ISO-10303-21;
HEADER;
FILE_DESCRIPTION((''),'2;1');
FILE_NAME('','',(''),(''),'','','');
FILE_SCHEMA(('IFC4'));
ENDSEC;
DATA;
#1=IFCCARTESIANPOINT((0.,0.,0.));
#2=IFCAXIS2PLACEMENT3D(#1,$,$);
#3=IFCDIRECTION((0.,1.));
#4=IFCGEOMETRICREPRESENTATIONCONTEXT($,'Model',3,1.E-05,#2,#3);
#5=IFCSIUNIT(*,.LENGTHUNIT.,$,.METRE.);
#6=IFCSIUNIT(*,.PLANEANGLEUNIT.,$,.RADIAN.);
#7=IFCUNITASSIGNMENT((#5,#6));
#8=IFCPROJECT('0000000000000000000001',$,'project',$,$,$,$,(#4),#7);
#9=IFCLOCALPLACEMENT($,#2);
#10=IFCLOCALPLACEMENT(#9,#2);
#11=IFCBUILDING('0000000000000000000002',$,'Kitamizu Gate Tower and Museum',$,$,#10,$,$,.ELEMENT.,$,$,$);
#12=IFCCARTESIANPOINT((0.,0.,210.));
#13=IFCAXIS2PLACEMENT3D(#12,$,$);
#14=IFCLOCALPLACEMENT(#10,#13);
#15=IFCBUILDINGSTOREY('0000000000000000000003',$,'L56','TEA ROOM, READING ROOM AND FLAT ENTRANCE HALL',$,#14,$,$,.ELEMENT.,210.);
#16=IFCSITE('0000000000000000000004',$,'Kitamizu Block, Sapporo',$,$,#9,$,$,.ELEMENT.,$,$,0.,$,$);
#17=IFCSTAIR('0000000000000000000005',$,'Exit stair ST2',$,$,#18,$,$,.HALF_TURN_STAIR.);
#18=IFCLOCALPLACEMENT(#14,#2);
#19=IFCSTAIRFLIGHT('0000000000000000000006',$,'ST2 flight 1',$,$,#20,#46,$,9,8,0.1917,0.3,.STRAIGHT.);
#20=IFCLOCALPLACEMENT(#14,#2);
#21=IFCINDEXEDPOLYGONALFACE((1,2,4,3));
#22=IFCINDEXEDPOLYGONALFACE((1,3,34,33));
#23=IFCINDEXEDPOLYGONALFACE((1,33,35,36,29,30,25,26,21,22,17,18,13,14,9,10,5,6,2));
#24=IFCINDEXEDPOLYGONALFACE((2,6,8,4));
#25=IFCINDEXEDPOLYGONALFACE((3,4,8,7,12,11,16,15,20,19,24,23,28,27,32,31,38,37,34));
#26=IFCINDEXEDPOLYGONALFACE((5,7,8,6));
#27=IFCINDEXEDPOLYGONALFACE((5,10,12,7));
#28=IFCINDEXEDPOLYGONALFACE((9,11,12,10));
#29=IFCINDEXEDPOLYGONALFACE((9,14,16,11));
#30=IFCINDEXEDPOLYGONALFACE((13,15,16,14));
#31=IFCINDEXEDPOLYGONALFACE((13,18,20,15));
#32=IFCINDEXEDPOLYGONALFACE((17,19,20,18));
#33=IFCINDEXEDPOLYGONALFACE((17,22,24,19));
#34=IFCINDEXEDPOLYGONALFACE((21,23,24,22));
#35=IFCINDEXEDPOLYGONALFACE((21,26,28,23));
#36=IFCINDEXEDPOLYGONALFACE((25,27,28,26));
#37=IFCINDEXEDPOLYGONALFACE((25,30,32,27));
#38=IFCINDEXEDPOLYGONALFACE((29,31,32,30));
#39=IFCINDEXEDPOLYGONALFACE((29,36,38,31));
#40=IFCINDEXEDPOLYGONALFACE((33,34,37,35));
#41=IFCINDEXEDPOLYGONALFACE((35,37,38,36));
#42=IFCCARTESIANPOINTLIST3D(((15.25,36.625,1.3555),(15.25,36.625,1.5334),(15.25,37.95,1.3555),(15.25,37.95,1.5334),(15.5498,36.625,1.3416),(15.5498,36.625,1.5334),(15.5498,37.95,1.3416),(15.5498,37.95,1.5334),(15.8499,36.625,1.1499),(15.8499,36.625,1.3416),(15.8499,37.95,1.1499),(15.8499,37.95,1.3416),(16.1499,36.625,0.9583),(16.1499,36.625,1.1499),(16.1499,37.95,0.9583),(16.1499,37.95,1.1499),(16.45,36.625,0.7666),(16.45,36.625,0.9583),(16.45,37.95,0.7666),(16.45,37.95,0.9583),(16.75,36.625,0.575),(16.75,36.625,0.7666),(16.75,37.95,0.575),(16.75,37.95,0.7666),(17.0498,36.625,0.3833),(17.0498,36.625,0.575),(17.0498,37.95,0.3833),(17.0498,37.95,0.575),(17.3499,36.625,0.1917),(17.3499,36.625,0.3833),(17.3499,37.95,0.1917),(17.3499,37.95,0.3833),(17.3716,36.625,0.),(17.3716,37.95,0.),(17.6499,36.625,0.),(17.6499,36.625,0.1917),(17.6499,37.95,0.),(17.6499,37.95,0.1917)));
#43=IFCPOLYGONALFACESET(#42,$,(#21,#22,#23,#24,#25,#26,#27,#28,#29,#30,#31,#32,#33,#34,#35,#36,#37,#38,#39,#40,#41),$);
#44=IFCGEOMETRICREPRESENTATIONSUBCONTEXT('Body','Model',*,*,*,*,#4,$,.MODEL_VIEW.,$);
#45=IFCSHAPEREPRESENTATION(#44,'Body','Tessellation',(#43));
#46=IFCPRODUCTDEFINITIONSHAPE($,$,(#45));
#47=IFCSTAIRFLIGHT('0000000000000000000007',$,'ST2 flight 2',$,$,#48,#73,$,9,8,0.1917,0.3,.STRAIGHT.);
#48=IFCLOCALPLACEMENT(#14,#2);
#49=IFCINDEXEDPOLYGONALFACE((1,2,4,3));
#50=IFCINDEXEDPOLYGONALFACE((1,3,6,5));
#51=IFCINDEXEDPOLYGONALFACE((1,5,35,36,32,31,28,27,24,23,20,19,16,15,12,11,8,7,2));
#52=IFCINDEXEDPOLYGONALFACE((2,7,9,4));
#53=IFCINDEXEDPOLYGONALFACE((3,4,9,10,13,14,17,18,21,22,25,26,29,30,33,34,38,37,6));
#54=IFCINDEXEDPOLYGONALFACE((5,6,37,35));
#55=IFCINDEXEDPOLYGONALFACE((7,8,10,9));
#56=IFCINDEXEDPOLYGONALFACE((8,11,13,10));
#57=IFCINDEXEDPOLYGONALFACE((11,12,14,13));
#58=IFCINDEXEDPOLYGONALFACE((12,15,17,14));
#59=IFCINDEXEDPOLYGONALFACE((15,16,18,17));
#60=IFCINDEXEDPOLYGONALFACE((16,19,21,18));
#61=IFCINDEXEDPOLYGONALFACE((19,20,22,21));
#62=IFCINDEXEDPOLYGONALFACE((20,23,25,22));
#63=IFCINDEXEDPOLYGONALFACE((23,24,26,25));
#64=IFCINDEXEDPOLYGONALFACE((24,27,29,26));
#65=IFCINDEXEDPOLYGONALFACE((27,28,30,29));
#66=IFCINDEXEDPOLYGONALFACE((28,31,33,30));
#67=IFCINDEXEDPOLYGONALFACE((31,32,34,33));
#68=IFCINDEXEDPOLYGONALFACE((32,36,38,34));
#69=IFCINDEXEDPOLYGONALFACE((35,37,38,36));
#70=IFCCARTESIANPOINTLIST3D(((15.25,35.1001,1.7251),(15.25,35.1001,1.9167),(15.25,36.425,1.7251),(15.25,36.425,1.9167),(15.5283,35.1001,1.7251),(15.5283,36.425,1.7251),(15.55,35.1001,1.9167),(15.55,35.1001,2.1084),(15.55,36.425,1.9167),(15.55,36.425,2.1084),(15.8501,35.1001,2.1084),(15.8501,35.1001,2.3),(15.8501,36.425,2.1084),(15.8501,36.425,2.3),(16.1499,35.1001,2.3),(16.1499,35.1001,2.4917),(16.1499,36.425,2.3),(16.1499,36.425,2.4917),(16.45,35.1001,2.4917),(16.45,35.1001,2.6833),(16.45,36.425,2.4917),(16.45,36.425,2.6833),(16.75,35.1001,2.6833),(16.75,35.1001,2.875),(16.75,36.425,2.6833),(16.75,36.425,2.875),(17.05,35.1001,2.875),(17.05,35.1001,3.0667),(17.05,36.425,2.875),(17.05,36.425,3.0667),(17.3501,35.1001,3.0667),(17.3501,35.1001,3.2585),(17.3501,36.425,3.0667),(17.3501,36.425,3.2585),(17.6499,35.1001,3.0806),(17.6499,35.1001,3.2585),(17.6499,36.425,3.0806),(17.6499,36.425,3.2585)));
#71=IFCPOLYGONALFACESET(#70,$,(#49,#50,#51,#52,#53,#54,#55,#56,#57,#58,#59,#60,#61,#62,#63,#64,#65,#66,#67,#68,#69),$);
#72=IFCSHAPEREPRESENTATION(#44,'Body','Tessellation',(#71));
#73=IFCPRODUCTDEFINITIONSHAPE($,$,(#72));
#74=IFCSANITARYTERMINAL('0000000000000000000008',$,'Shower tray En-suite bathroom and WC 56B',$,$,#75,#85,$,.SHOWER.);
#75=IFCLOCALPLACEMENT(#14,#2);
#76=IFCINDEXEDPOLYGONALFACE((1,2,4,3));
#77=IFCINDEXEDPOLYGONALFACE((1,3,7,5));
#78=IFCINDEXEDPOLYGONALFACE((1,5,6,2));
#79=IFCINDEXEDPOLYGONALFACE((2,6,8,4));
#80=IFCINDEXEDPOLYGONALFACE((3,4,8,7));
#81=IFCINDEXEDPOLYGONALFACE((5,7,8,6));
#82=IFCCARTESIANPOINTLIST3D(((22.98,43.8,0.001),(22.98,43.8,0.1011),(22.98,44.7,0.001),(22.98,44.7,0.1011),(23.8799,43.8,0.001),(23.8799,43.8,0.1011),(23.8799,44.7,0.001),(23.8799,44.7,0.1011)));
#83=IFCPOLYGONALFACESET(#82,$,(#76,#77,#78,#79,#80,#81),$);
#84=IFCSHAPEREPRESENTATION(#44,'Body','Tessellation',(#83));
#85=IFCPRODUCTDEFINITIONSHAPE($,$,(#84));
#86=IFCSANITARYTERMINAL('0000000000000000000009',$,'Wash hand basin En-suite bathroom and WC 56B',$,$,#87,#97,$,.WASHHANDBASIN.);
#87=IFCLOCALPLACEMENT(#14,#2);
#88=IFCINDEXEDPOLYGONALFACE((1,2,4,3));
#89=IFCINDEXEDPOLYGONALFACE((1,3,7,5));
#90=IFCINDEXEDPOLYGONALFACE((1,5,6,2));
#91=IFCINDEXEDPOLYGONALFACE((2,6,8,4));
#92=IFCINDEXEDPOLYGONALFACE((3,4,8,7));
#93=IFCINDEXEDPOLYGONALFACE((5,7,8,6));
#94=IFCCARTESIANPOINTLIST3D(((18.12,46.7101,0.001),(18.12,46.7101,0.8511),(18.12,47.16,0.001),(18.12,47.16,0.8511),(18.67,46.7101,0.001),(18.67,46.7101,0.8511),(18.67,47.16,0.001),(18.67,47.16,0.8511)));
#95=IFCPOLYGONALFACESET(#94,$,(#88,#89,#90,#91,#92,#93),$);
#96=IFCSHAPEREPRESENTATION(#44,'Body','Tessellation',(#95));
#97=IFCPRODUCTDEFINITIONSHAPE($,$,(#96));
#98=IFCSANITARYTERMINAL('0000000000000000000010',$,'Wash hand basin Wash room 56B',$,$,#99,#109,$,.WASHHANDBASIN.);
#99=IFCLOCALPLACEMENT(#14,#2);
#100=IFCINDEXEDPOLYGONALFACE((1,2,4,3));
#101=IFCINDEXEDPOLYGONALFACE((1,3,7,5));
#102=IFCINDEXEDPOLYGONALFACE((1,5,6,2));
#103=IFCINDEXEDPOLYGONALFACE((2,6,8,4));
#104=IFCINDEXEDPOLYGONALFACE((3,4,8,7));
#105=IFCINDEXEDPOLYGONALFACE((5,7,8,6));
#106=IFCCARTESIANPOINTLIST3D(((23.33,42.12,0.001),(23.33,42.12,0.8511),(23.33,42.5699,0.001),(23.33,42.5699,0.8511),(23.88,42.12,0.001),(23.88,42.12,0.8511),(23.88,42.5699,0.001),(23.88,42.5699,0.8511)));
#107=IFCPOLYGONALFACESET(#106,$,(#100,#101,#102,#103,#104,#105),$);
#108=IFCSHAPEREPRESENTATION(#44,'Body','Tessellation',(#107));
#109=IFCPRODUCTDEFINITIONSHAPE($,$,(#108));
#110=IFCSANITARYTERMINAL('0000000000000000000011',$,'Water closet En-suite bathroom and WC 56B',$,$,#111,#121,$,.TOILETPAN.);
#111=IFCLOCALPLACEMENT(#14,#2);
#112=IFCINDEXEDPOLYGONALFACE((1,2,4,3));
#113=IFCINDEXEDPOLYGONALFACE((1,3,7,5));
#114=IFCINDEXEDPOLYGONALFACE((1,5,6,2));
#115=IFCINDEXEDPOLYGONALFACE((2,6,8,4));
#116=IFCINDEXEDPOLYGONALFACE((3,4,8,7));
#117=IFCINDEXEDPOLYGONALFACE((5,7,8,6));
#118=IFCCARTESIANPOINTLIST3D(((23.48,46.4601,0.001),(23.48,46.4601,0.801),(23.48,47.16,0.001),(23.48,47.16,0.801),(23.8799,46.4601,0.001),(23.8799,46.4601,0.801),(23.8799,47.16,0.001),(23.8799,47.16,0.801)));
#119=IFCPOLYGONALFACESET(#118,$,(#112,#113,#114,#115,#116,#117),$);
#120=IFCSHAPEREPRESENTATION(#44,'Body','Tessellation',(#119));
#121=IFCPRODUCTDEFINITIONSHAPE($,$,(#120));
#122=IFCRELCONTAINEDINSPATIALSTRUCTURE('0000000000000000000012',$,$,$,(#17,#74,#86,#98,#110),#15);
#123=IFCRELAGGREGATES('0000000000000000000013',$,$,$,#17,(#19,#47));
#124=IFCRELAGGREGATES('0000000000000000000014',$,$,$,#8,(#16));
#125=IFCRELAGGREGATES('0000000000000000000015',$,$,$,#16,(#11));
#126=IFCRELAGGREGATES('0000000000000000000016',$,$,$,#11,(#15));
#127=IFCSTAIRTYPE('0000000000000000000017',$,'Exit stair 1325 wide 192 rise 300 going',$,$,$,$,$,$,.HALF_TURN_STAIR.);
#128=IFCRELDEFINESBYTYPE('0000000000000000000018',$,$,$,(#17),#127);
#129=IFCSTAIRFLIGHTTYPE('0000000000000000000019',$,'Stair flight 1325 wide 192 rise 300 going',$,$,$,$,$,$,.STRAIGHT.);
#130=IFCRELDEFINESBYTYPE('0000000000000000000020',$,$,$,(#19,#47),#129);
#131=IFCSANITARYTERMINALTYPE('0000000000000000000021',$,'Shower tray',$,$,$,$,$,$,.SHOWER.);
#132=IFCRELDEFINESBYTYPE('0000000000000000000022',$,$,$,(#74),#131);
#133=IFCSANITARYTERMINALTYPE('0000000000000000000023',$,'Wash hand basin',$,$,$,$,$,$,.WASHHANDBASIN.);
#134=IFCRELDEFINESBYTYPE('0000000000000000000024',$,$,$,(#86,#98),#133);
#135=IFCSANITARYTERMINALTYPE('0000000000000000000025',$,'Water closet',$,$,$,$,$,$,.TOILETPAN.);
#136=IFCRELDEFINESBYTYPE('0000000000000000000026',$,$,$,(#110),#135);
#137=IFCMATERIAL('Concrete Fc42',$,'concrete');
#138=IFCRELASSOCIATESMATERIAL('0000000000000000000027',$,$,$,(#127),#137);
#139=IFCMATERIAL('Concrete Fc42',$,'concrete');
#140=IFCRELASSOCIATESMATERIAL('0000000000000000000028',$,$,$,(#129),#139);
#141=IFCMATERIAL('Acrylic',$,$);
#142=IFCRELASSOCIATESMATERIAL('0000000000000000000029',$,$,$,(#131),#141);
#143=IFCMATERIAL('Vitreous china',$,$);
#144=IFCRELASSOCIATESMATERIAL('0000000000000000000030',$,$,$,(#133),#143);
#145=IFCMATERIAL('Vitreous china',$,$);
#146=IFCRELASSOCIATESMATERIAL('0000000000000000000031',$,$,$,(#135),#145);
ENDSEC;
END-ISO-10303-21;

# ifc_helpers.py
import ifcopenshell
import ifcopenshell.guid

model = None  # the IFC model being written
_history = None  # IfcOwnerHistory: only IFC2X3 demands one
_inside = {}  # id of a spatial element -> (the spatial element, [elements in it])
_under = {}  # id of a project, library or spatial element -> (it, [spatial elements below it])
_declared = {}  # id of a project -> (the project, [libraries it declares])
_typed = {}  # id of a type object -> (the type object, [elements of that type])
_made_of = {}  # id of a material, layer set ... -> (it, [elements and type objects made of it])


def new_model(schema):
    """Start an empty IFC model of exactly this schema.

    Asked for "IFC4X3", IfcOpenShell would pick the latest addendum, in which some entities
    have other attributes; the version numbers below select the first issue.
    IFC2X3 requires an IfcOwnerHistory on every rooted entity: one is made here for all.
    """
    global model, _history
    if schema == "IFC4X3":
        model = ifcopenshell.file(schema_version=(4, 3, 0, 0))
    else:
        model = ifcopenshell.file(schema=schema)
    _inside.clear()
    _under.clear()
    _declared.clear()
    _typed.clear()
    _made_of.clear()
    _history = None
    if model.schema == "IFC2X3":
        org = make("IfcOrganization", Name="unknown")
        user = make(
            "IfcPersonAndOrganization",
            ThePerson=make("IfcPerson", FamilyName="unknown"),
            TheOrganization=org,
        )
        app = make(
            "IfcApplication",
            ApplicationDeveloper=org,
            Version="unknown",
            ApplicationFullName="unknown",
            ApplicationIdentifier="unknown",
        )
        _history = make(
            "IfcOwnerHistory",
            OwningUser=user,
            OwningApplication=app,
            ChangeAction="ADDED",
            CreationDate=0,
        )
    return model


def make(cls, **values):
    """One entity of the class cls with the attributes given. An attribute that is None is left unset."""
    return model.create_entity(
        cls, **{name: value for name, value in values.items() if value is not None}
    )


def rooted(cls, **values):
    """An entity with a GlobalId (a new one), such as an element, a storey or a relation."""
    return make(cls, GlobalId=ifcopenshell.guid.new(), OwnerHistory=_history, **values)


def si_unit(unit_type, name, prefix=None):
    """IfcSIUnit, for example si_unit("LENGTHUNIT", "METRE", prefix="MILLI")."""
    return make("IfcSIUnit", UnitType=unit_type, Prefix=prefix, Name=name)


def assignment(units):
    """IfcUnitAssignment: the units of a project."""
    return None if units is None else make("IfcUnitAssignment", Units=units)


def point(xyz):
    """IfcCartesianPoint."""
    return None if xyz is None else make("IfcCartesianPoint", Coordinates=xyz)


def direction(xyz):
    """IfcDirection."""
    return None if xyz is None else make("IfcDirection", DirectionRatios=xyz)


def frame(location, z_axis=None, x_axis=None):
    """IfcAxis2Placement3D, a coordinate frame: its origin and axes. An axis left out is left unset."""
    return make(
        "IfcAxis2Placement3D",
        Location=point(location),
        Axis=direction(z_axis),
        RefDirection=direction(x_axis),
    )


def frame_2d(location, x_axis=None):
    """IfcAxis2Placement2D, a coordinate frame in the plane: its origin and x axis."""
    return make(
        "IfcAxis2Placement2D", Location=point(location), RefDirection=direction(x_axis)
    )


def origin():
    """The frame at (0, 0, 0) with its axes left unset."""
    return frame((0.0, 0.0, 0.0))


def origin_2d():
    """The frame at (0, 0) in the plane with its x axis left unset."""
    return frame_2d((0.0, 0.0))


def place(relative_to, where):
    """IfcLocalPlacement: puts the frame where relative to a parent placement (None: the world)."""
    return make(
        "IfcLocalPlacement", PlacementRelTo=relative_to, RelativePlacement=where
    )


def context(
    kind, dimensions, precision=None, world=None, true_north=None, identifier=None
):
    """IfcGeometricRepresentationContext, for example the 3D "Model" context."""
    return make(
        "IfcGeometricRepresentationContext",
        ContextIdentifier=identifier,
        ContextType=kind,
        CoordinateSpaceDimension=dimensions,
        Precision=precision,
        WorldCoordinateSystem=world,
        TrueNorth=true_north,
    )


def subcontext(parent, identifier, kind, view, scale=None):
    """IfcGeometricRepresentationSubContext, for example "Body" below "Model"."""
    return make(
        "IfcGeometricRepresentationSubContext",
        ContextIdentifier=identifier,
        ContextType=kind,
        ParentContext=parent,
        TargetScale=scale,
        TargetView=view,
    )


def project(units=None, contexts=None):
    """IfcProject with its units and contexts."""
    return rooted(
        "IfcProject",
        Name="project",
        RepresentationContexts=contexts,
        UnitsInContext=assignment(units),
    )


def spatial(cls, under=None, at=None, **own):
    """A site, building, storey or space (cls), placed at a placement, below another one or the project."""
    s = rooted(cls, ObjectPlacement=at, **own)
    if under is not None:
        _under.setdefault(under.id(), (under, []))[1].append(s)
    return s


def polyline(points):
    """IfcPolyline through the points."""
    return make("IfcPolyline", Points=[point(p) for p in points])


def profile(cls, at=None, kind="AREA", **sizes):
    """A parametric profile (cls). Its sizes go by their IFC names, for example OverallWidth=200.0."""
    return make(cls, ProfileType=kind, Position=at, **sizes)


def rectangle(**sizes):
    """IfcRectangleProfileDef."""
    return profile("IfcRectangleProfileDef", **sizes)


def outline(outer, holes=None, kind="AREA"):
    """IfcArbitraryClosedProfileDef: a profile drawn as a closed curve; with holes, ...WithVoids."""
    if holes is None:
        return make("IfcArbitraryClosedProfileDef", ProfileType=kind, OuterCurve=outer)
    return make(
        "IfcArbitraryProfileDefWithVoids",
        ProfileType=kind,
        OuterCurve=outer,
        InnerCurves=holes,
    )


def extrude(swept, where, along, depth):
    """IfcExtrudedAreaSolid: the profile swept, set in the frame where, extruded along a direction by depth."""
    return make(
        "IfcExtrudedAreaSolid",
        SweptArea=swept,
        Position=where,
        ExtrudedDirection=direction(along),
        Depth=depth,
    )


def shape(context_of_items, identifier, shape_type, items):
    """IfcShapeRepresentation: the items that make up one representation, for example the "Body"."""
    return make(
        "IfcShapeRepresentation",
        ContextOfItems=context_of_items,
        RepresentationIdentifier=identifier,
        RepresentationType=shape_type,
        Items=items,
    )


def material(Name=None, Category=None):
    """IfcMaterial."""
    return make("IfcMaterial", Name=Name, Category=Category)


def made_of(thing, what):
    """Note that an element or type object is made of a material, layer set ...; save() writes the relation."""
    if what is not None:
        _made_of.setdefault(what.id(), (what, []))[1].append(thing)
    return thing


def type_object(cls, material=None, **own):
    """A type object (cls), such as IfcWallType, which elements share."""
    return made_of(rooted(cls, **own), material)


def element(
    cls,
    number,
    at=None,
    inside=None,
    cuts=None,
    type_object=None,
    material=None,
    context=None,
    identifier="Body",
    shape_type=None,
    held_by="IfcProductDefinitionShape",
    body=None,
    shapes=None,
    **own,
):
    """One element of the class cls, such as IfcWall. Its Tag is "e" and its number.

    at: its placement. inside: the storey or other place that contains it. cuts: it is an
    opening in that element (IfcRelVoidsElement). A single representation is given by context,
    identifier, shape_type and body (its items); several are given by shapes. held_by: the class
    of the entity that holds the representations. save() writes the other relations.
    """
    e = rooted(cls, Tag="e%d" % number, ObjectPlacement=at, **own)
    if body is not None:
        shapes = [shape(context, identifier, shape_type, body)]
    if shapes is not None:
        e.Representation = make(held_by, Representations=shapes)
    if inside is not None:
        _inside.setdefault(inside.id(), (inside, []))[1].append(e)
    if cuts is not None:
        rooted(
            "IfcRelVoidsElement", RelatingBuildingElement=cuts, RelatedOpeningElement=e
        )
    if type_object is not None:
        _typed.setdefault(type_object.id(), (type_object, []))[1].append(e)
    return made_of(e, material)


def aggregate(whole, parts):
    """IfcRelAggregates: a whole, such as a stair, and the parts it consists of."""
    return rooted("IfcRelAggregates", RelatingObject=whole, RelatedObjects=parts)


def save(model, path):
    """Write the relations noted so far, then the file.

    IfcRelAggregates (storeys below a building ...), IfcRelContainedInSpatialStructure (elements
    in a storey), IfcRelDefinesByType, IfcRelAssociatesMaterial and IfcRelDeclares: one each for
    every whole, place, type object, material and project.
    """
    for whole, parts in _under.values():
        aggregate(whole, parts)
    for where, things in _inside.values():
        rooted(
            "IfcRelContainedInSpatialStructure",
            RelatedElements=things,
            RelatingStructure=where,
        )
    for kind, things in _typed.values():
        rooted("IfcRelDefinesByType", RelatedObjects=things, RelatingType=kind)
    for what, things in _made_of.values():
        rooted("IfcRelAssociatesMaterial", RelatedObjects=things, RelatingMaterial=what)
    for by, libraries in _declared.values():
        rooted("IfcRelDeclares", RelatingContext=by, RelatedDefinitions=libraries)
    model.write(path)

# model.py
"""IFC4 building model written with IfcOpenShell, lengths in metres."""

from ifc_helpers import new_model, si_unit, direction, frame, origin, origin_2d, place, context, subcontext, project, spatial, polyline, rectangle, outline, extrude, material, type_object, element, aggregate, save


model = new_model("IFC4")

# Units and contexts
model_context = context("Model", 3, precision=1e-05, world=origin(), true_north=direction((0.0, 1.0)))
body_context = subcontext(model_context, "Body", "Model", "MODEL_VIEW")
ifc_project = project(units=[si_unit("LENGTHUNIT", "METRE"), si_unit("PLANEANGLEUNIT", "RADIAN")], contexts=[model_context])

# Site, building, storey
site_placement = place(None, origin())
site = spatial("IfcSite", under=ifc_project, at=site_placement, Name="Kitamizu Block, Sapporo", CompositionType="ELEMENT", RefElevation=0.0)
building_placement = place(site_placement, origin())
building = spatial("IfcBuilding", under=site, at=building_placement, Name="Kitamizu Gate Tower and Museum", CompositionType="ELEMENT")
storey_placement = place(building_placement, frame((0.0, 0.0, 210.0)))
storey = spatial("IfcBuildingStorey", under=building, at=storey_placement, Name="L56", Description="TEA ROOM, READING ROOM AND FLAT ENTRANCE HALL", CompositionType="ELEMENT", Elevation=210.0)

# Stair, stair flights
ifc_material_1 = material(Name="Concrete Fc42", Category="concrete")
stair_type = type_object("IfcStairType", Name="Exit stair 1325 wide 192 rise 300 going", PredefinedType="HALF_TURN_STAIR", material=ifc_material_1)
stair_placement = place(storey_placement, origin())
stair = element("IfcStair", 1, at=stair_placement, inside=storey, type_object=stair_type, Name="Exit stair ST2", PredefinedType="HALF_TURN_STAIR")
ifc_material_2 = material(Name="Concrete Fc42", Category="concrete")
stair_flight_type = type_object("IfcStairFlightType", Name="Stair flight 1325 wide 192 rise 300 going", PredefinedType="STRAIGHT", material=ifc_material_2)
stair_flight_1_placement = place(storey_placement, frame((17.6499, 37.2876, 0.0), z_axis=(0.0, 0.0, 1.0), x_axis=(-1.0, 0.0, 0.0)))
stair_flight_1 = element("IfcStairFlight", 2, at=stair_flight_1_placement, type_object=stair_flight_type, Name="ST2 flight 1", NumberOfRisers=9, NumberOfTreads=8, PredefinedType="STRAIGHT", RiserHeight=0.1917, TreadLength=0.3, context=body_context, shape_type="SweptSolid", body=[
    extrude(outline(polyline([(0.0, 0.0), (0.0, 0.1917), (0.3, 0.1917), (0.3, 0.3833), (0.6001, 0.3833), (0.6001, 0.575), (0.8999, 0.575), (0.8999, 0.7666), (1.2, 0.7666), (1.2, 0.9583), (1.5, 0.9583), (1.5, 1.1499), (1.8, 1.1499), (1.8, 1.3416), (2.1001, 1.3416), (2.1001, 1.5334), (2.3999, 1.5334), (2.3999, 1.7251), (2.3999, 1.3555), (0.2783, 0.0), (0.0, 0.0)])), frame((0.0, 0.6626, 0.0), z_axis=(0.0, -1.0, 0.0), x_axis=(1.0, 0.0, 0.0)), (0.0, 0.0, 1.0), 1.325),
])
stair_flight_2_placement = place(storey_placement, frame((15.25, 35.7625, 1.7251), z_axis=(0.0, 0.0, 1.0), x_axis=(1.0, 0.0, 0.0)))
stair_flight_2 = element("IfcStairFlight", 3, at=stair_flight_2_placement, type_object=stair_flight_type, Name="ST2 flight 2", NumberOfRisers=9, NumberOfTreads=8, PredefinedType="STRAIGHT", RiserHeight=0.1917, TreadLength=0.3, context=body_context, shape_type="SweptSolid", body=[
    extrude(outline(polyline([(0.0, 0.0), (0.0, 0.1917), (0.3, 0.1917), (0.3, 0.3833), (0.6001, 0.3833), (0.6001, 0.575), (0.8999, 0.575), (0.8999, 0.7666), (1.2, 0.7666), (1.2, 0.9583), (1.5, 0.9583), (1.5, 1.1499), (1.8, 1.1499), (1.8, 1.3416), (2.1001, 1.3416), (2.1001, 1.5334), (2.3999, 1.5334), (2.3999, 1.7251), (2.3999, 1.3555), (0.2783, 0.0), (0.0, 0.0)])), frame((0.0, 0.6626, 0.0), z_axis=(0.0, -1.0, 0.0), x_axis=(1.0, 0.0, 0.0)), (0.0, 0.0, 1.0), 1.325),
])
aggregate(stair, [stair_flight_1, stair_flight_2])

# Sanitary terminals
ifc_material_3 = material(Name="Acrylic")
sanitary_terminal_type_1 = type_object("IfcSanitaryTerminalType", Name="Shower tray", PredefinedType="SHOWER", material=ifc_material_3)
sanitary_terminal_1_placement = place(storey_placement, frame((23.4299, 44.25, 0.001), z_axis=(0.0, 0.0, 1.0), x_axis=(1.0, 0.0, 0.0)))
element("IfcSanitaryTerminal", 4, at=sanitary_terminal_1_placement, inside=storey, type_object=sanitary_terminal_type_1, Name="Shower tray En-suite bathroom and WC 56B", PredefinedType="SHOWER", context=body_context, shape_type="SweptSolid", body=[
    extrude(rectangle(XDim=0.8999, YDim=0.8999, at=origin_2d()), origin(), (0.0, 0.0, 1.0), 0.1001),
])
ifc_material_4 = material(Name="Vitreous china")
sanitary_terminal_type_2 = type_object("IfcSanitaryTerminalType", Name="Wash hand basin", PredefinedType="WASHHANDBASIN", material=ifc_material_4)
for number, where, z_axis, x_axis, name in (
    (5, (18.395, 46.9351, 0.001), (0.0, 0.0, 1.0), (1.0, 0.0, 0.0), "Wash hand basin En-suite bathroom and WC 56B"),
    (6, (23.605, 42.345, 0.001), (0.0, 0.0, 1.0), (1.0, 0.0, 0.0), "Wash hand basin Wash room 56B"),
):
    element("IfcSanitaryTerminal", number, at=place(storey_placement, frame(where, z_axis=z_axis, x_axis=x_axis)), inside=storey, type_object=sanitary_terminal_type_2, Name=name, PredefinedType="WASHHANDBASIN", context=body_context, shape_type="SweptSolid", body=[
        extrude(rectangle(XDim=0.55, YDim=0.45, at=origin_2d()), origin(), (0.0, 0.0, 1.0), 0.8501),
    ])
ifc_material_5 = material(Name="Vitreous china")
sanitary_terminal_type_3 = type_object("IfcSanitaryTerminalType", Name="Water closet", PredefinedType="TOILETPAN", material=ifc_material_5)
sanitary_terminal_2_placement = place(storey_placement, frame((23.6799, 46.8101, 0.001), z_axis=(0.0, 0.0, 1.0), x_axis=(1.0, 0.0, 0.0)))
element("IfcSanitaryTerminal", 7, at=sanitary_terminal_2_placement, inside=storey, type_object=sanitary_terminal_type_3, Name="Water closet En-suite bathroom and WC 56B", PredefinedType="TOILETPAN", context=body_context, shape_type="SweptSolid", body=[
    extrude(rectangle(XDim=0.3999, YDim=0.7, at=origin_2d()), origin(), (0.0, 0.0, 1.0), 0.8),
])

save(model, "model.ifc")
